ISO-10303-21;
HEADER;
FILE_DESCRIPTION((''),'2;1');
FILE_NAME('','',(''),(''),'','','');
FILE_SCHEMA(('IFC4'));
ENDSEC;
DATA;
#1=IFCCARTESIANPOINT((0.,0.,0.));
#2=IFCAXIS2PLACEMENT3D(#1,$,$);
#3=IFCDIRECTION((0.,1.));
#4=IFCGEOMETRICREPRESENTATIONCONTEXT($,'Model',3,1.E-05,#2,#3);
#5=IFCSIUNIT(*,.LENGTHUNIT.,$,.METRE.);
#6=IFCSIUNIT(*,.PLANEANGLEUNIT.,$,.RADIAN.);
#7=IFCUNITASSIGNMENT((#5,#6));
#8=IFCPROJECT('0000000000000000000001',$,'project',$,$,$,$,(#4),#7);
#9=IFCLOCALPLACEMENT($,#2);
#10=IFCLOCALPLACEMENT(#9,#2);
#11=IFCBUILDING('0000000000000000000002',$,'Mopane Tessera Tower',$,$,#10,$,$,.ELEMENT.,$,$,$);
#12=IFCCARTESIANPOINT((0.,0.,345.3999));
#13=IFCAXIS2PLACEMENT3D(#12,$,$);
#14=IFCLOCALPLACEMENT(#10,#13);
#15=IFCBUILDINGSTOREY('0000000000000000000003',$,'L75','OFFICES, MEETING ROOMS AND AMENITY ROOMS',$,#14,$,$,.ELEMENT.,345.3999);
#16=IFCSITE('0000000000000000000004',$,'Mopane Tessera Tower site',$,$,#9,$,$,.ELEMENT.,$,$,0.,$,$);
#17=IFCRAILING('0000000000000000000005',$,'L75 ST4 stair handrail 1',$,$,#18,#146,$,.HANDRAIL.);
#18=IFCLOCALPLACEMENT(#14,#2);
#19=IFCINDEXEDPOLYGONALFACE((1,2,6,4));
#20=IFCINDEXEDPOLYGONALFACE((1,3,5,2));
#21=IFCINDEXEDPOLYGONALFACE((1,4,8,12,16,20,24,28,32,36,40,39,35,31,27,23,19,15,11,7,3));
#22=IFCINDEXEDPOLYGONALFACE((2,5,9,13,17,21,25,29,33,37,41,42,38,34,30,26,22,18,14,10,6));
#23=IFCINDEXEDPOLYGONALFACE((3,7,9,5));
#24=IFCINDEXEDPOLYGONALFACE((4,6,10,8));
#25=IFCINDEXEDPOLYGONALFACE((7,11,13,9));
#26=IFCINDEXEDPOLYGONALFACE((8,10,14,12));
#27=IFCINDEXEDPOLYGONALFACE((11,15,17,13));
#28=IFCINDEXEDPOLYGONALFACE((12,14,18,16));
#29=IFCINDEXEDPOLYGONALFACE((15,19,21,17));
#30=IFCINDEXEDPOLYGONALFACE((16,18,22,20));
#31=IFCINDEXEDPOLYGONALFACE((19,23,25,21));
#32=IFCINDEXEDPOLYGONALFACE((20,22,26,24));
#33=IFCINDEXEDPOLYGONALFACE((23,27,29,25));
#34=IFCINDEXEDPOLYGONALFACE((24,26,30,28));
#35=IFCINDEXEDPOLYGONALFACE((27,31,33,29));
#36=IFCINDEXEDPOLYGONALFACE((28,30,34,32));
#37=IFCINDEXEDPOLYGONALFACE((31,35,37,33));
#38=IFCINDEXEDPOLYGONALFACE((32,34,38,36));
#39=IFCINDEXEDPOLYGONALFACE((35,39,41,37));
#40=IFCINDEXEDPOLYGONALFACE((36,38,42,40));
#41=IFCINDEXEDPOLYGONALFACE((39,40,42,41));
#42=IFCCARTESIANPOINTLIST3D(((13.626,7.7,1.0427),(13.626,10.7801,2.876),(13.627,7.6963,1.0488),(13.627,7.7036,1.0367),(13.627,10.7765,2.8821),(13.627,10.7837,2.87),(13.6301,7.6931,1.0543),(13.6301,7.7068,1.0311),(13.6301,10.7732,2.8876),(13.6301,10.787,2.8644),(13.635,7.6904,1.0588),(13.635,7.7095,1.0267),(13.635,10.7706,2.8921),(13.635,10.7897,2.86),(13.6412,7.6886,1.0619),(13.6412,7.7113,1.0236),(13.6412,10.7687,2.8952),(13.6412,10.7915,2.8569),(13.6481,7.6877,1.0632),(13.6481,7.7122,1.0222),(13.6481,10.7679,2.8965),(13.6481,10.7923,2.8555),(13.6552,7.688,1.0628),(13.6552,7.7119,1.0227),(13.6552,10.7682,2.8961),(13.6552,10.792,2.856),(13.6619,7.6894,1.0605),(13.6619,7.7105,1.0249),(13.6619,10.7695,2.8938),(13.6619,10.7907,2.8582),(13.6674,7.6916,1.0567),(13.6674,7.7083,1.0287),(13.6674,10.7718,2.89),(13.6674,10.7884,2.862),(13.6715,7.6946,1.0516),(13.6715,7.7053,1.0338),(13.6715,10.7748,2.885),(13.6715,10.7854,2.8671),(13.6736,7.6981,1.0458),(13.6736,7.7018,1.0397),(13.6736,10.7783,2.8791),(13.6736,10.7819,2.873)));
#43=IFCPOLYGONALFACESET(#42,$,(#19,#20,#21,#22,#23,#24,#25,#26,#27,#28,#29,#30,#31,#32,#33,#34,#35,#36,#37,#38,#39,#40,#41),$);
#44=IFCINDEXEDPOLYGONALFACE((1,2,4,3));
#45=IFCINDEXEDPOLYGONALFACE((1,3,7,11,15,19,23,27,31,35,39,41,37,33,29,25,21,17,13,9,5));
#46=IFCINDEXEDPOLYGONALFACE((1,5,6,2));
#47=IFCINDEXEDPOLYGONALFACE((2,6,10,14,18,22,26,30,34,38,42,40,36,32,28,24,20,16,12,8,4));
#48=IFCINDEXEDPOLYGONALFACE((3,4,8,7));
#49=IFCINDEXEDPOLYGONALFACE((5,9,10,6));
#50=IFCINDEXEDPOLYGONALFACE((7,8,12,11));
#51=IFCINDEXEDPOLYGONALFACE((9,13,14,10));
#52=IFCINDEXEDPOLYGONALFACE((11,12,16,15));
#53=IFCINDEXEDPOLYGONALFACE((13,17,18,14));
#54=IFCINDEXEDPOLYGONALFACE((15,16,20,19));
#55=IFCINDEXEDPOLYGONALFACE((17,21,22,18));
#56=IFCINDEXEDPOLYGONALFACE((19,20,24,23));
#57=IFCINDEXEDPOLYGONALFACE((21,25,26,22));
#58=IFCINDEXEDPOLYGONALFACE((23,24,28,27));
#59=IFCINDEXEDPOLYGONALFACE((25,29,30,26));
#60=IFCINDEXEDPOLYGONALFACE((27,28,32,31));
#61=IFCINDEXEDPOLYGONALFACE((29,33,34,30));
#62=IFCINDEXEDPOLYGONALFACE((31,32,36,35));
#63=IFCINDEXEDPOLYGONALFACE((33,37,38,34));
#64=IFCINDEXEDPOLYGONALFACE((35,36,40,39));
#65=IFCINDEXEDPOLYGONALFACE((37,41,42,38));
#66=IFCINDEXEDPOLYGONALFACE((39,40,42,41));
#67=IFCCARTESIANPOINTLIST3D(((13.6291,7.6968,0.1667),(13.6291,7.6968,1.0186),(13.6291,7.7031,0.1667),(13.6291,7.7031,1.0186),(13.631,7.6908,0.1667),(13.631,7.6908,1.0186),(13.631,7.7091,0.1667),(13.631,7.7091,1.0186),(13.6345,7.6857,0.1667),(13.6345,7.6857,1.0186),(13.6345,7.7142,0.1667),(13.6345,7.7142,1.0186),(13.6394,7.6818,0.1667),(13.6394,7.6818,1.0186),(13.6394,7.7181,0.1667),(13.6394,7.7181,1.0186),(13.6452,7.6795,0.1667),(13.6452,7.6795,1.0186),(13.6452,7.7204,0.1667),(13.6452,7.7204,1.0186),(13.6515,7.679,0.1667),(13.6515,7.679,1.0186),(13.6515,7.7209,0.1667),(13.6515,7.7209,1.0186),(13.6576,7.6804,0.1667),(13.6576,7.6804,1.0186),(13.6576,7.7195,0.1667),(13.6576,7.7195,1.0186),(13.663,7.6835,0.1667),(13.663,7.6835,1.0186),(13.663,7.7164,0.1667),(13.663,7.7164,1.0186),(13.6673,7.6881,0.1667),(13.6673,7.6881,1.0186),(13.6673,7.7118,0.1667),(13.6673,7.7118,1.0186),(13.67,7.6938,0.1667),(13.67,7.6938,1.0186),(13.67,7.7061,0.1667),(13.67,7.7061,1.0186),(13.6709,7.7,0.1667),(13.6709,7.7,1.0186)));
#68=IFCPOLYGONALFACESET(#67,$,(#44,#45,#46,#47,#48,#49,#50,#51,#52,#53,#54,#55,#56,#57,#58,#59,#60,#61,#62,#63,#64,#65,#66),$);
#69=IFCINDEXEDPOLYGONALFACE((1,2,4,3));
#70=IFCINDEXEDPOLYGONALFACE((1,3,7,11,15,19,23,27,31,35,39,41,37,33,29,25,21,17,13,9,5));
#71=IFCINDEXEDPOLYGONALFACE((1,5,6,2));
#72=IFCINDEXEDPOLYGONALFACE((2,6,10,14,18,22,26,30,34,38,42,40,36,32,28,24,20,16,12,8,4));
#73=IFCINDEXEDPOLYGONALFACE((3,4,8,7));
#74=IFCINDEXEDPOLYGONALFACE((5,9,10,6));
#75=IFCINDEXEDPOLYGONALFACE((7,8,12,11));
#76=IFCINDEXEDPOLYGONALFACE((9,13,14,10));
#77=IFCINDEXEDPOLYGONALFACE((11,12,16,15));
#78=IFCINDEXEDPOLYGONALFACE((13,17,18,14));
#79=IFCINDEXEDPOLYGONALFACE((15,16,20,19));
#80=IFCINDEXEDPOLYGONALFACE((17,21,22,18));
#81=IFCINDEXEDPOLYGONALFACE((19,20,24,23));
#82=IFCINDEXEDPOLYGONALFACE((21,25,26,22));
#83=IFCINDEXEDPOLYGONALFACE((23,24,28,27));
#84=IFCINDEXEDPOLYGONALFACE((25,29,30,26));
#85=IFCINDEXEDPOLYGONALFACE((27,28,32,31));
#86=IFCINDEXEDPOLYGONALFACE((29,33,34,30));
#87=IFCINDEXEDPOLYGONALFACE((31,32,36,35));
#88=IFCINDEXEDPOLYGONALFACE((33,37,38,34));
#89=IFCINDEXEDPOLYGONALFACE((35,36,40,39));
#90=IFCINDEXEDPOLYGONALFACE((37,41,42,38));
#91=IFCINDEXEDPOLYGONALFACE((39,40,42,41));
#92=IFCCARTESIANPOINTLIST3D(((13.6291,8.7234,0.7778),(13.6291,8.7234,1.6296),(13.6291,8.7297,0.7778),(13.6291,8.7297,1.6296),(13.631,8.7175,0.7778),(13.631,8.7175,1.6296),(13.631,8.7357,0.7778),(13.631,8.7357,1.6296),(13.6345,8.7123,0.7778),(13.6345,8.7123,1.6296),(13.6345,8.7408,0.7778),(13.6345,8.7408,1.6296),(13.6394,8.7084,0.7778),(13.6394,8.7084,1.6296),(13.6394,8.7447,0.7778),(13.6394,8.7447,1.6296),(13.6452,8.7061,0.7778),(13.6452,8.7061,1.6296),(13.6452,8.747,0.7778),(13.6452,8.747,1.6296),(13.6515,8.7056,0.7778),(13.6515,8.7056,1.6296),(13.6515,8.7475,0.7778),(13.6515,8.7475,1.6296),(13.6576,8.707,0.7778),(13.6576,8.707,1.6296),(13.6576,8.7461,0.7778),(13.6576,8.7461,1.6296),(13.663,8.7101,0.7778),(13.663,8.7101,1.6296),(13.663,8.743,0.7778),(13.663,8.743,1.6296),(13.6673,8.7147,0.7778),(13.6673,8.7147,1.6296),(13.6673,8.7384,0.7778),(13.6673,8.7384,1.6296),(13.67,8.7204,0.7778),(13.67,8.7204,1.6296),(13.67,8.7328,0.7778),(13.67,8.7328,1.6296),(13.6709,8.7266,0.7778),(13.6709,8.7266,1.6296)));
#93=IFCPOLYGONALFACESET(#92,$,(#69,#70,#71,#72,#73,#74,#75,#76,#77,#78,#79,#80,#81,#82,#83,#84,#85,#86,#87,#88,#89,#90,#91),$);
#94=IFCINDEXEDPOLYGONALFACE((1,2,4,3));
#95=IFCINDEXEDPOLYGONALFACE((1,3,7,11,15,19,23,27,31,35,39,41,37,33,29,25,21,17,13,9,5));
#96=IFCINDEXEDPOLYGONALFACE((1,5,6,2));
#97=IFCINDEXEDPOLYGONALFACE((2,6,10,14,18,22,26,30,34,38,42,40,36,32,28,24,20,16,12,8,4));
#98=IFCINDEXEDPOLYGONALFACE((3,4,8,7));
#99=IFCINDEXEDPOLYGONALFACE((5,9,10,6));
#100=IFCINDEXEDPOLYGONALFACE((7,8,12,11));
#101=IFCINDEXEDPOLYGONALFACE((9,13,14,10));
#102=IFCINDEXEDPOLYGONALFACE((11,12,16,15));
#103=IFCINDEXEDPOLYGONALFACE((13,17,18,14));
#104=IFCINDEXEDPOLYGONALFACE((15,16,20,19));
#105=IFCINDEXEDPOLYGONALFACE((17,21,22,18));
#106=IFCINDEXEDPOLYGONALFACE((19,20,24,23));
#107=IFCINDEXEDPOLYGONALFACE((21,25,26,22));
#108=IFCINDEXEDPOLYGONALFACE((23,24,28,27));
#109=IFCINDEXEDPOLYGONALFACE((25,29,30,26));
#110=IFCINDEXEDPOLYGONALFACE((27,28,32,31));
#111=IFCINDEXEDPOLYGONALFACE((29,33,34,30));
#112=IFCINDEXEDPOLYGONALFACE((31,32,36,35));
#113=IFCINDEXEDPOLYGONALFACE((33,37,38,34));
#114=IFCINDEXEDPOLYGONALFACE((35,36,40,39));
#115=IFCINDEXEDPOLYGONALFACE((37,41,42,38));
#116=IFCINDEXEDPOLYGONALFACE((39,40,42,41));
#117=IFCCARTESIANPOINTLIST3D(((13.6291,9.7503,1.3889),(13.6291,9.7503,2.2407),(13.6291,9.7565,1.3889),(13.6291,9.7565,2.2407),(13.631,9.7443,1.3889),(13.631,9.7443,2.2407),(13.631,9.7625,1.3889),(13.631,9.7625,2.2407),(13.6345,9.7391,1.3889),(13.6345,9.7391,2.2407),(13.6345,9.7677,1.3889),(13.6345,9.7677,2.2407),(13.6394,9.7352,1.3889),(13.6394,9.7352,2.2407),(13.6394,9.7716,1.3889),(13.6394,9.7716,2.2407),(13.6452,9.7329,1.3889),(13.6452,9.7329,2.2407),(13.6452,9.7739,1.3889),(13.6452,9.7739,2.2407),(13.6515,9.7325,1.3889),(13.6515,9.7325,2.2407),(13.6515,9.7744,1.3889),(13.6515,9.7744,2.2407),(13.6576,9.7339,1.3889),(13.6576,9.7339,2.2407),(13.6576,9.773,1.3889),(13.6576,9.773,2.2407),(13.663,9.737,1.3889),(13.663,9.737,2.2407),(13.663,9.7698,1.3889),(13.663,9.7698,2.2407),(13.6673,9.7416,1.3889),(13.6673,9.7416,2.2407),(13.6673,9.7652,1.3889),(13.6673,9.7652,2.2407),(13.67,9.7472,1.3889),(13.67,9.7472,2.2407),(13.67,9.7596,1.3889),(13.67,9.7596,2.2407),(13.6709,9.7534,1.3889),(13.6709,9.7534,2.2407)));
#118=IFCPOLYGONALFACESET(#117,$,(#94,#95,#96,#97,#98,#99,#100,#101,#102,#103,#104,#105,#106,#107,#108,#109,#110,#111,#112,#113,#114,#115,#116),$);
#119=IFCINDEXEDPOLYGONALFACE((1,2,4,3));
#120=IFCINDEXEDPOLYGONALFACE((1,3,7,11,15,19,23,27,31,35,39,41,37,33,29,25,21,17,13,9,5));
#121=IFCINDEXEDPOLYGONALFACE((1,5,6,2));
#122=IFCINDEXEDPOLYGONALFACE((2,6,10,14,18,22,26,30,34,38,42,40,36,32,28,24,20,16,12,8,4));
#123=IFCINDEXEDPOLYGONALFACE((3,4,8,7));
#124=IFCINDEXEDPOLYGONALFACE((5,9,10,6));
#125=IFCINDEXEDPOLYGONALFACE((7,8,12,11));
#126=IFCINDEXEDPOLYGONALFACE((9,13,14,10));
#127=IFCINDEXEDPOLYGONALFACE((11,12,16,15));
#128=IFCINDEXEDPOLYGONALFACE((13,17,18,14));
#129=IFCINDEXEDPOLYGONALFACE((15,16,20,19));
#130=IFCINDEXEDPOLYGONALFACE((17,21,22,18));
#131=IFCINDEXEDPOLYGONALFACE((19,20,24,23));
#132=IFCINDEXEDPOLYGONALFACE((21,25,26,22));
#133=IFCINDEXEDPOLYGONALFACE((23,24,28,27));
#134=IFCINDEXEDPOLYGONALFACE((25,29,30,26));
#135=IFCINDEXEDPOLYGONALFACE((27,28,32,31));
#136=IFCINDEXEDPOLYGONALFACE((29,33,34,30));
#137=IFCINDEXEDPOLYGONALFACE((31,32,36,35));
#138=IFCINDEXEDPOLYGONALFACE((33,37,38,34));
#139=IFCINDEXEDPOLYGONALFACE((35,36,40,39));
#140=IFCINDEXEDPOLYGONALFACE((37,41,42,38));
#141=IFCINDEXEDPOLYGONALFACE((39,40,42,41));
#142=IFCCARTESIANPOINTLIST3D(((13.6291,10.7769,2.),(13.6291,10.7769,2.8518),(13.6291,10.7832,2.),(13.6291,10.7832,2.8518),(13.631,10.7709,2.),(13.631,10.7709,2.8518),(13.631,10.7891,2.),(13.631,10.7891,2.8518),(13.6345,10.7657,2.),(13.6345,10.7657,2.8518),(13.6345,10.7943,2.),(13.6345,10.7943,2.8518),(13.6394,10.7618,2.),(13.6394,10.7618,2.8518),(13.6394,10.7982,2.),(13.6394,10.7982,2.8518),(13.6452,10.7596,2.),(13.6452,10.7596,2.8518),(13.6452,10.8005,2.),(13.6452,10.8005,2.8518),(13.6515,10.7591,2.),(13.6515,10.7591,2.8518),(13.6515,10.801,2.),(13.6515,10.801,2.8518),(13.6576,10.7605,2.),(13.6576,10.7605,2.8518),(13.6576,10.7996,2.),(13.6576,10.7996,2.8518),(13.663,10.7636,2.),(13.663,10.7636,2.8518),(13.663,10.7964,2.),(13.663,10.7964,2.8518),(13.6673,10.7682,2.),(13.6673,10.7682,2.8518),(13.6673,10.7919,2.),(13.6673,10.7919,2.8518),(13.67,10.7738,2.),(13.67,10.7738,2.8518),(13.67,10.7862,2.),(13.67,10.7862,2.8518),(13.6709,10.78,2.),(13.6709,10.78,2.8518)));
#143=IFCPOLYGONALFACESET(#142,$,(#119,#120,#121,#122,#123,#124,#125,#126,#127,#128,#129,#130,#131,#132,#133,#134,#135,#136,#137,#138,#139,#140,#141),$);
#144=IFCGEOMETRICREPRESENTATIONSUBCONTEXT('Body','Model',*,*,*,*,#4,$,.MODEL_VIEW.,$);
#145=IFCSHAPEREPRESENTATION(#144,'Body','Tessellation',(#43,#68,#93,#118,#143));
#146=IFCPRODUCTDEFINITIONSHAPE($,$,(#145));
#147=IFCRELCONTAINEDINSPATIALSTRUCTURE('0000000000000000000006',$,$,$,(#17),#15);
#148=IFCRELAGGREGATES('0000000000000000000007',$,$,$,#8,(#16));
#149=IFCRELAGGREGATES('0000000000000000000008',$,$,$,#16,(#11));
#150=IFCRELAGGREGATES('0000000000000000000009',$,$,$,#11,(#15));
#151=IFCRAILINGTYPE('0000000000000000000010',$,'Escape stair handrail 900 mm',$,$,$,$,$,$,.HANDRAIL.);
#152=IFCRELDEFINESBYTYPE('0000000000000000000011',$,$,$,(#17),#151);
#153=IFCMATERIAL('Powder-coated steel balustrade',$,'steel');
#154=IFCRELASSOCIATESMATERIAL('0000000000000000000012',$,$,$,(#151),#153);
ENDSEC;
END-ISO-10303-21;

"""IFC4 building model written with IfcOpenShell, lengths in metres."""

from ifc_helpers import new_model, si_unit, direction, frame, origin, origin_2d, place, context, subcontext, project, spatial, circle, extrude, material, type_object, element, save


model = new_model("IFC4")

# Units and contexts
model_context = context("Model", 3, precision=1e-05, world=origin(), true_north=direction((0.0, 1.0)))
body_context = subcontext(model_context, "Body", "Model", "MODEL_VIEW")
ifc_project = project(units=[si_unit("LENGTHUNIT", "METRE"), si_unit("PLANEANGLEUNIT", "RADIAN")], contexts=[model_context])

# Site, building, storey
site_placement = place(None, origin())
site = spatial("IfcSite", under=ifc_project, at=site_placement, Name="Mopane Tessera Tower site", CompositionType="ELEMENT", RefElevation=0.0)
building_placement = place(site_placement, origin())
building = spatial("IfcBuilding", under=site, at=building_placement, Name="Mopane Tessera Tower", CompositionType="ELEMENT")
storey_placement = place(building_placement, frame((0.0, 0.0, 345.3999)))
storey = spatial("IfcBuildingStorey", under=building, at=storey_placement, Name="L75", Description="OFFICES, MEETING ROOMS AND AMENITY ROOMS", CompositionType="ELEMENT", Elevation=345.3999)

# Railing
ifc_material_1 = material(Name="Powder-coated steel balustrade", Category="steel")
railing_type = type_object("IfcRailingType", Name="Escape stair handrail 900 mm", PredefinedType="HANDRAIL", material=ifc_material_1)
railing_placement = place(storey_placement, frame((13.6499, 7.7, 0.1667)))
element("IfcRailing", 1, at=railing_placement, inside=storey, type_object=railing_type, Name="L75 ST4 stair handrail 1", PredefinedType="HANDRAIL", context=body_context, shape_type="SweptSolid", body=[
    extrude(circle(Radius=0.0239, at=origin_2d()), frame((0.0, 0.0, 0.876), z_axis=(0.0, 0.859309, 0.511458), x_axis=(-1.0, 0.0, 0.0)), (0.0, 0.0, 1.0), 3.5845),
    extrude(circle(Radius=0.021, at=origin_2d()), origin(), (0.0, 0.0, 1.0), 0.8518),
    extrude(circle(Radius=0.021, at=origin_2d()), frame((0.0, 1.0266, 0.6111)), (0.0, 0.0, 1.0), 0.8518),
    extrude(circle(Radius=0.021, at=origin_2d()), frame((0.0, 2.0535, 1.2222)), (0.0, 0.0, 1.0), 0.8518),
    extrude(circle(Radius=0.021, at=origin_2d()), frame((0.0, 3.0801, 1.8333)), (0.0, 0.0, 1.0), 0.8518),
])

save(model, "model.ifc")
